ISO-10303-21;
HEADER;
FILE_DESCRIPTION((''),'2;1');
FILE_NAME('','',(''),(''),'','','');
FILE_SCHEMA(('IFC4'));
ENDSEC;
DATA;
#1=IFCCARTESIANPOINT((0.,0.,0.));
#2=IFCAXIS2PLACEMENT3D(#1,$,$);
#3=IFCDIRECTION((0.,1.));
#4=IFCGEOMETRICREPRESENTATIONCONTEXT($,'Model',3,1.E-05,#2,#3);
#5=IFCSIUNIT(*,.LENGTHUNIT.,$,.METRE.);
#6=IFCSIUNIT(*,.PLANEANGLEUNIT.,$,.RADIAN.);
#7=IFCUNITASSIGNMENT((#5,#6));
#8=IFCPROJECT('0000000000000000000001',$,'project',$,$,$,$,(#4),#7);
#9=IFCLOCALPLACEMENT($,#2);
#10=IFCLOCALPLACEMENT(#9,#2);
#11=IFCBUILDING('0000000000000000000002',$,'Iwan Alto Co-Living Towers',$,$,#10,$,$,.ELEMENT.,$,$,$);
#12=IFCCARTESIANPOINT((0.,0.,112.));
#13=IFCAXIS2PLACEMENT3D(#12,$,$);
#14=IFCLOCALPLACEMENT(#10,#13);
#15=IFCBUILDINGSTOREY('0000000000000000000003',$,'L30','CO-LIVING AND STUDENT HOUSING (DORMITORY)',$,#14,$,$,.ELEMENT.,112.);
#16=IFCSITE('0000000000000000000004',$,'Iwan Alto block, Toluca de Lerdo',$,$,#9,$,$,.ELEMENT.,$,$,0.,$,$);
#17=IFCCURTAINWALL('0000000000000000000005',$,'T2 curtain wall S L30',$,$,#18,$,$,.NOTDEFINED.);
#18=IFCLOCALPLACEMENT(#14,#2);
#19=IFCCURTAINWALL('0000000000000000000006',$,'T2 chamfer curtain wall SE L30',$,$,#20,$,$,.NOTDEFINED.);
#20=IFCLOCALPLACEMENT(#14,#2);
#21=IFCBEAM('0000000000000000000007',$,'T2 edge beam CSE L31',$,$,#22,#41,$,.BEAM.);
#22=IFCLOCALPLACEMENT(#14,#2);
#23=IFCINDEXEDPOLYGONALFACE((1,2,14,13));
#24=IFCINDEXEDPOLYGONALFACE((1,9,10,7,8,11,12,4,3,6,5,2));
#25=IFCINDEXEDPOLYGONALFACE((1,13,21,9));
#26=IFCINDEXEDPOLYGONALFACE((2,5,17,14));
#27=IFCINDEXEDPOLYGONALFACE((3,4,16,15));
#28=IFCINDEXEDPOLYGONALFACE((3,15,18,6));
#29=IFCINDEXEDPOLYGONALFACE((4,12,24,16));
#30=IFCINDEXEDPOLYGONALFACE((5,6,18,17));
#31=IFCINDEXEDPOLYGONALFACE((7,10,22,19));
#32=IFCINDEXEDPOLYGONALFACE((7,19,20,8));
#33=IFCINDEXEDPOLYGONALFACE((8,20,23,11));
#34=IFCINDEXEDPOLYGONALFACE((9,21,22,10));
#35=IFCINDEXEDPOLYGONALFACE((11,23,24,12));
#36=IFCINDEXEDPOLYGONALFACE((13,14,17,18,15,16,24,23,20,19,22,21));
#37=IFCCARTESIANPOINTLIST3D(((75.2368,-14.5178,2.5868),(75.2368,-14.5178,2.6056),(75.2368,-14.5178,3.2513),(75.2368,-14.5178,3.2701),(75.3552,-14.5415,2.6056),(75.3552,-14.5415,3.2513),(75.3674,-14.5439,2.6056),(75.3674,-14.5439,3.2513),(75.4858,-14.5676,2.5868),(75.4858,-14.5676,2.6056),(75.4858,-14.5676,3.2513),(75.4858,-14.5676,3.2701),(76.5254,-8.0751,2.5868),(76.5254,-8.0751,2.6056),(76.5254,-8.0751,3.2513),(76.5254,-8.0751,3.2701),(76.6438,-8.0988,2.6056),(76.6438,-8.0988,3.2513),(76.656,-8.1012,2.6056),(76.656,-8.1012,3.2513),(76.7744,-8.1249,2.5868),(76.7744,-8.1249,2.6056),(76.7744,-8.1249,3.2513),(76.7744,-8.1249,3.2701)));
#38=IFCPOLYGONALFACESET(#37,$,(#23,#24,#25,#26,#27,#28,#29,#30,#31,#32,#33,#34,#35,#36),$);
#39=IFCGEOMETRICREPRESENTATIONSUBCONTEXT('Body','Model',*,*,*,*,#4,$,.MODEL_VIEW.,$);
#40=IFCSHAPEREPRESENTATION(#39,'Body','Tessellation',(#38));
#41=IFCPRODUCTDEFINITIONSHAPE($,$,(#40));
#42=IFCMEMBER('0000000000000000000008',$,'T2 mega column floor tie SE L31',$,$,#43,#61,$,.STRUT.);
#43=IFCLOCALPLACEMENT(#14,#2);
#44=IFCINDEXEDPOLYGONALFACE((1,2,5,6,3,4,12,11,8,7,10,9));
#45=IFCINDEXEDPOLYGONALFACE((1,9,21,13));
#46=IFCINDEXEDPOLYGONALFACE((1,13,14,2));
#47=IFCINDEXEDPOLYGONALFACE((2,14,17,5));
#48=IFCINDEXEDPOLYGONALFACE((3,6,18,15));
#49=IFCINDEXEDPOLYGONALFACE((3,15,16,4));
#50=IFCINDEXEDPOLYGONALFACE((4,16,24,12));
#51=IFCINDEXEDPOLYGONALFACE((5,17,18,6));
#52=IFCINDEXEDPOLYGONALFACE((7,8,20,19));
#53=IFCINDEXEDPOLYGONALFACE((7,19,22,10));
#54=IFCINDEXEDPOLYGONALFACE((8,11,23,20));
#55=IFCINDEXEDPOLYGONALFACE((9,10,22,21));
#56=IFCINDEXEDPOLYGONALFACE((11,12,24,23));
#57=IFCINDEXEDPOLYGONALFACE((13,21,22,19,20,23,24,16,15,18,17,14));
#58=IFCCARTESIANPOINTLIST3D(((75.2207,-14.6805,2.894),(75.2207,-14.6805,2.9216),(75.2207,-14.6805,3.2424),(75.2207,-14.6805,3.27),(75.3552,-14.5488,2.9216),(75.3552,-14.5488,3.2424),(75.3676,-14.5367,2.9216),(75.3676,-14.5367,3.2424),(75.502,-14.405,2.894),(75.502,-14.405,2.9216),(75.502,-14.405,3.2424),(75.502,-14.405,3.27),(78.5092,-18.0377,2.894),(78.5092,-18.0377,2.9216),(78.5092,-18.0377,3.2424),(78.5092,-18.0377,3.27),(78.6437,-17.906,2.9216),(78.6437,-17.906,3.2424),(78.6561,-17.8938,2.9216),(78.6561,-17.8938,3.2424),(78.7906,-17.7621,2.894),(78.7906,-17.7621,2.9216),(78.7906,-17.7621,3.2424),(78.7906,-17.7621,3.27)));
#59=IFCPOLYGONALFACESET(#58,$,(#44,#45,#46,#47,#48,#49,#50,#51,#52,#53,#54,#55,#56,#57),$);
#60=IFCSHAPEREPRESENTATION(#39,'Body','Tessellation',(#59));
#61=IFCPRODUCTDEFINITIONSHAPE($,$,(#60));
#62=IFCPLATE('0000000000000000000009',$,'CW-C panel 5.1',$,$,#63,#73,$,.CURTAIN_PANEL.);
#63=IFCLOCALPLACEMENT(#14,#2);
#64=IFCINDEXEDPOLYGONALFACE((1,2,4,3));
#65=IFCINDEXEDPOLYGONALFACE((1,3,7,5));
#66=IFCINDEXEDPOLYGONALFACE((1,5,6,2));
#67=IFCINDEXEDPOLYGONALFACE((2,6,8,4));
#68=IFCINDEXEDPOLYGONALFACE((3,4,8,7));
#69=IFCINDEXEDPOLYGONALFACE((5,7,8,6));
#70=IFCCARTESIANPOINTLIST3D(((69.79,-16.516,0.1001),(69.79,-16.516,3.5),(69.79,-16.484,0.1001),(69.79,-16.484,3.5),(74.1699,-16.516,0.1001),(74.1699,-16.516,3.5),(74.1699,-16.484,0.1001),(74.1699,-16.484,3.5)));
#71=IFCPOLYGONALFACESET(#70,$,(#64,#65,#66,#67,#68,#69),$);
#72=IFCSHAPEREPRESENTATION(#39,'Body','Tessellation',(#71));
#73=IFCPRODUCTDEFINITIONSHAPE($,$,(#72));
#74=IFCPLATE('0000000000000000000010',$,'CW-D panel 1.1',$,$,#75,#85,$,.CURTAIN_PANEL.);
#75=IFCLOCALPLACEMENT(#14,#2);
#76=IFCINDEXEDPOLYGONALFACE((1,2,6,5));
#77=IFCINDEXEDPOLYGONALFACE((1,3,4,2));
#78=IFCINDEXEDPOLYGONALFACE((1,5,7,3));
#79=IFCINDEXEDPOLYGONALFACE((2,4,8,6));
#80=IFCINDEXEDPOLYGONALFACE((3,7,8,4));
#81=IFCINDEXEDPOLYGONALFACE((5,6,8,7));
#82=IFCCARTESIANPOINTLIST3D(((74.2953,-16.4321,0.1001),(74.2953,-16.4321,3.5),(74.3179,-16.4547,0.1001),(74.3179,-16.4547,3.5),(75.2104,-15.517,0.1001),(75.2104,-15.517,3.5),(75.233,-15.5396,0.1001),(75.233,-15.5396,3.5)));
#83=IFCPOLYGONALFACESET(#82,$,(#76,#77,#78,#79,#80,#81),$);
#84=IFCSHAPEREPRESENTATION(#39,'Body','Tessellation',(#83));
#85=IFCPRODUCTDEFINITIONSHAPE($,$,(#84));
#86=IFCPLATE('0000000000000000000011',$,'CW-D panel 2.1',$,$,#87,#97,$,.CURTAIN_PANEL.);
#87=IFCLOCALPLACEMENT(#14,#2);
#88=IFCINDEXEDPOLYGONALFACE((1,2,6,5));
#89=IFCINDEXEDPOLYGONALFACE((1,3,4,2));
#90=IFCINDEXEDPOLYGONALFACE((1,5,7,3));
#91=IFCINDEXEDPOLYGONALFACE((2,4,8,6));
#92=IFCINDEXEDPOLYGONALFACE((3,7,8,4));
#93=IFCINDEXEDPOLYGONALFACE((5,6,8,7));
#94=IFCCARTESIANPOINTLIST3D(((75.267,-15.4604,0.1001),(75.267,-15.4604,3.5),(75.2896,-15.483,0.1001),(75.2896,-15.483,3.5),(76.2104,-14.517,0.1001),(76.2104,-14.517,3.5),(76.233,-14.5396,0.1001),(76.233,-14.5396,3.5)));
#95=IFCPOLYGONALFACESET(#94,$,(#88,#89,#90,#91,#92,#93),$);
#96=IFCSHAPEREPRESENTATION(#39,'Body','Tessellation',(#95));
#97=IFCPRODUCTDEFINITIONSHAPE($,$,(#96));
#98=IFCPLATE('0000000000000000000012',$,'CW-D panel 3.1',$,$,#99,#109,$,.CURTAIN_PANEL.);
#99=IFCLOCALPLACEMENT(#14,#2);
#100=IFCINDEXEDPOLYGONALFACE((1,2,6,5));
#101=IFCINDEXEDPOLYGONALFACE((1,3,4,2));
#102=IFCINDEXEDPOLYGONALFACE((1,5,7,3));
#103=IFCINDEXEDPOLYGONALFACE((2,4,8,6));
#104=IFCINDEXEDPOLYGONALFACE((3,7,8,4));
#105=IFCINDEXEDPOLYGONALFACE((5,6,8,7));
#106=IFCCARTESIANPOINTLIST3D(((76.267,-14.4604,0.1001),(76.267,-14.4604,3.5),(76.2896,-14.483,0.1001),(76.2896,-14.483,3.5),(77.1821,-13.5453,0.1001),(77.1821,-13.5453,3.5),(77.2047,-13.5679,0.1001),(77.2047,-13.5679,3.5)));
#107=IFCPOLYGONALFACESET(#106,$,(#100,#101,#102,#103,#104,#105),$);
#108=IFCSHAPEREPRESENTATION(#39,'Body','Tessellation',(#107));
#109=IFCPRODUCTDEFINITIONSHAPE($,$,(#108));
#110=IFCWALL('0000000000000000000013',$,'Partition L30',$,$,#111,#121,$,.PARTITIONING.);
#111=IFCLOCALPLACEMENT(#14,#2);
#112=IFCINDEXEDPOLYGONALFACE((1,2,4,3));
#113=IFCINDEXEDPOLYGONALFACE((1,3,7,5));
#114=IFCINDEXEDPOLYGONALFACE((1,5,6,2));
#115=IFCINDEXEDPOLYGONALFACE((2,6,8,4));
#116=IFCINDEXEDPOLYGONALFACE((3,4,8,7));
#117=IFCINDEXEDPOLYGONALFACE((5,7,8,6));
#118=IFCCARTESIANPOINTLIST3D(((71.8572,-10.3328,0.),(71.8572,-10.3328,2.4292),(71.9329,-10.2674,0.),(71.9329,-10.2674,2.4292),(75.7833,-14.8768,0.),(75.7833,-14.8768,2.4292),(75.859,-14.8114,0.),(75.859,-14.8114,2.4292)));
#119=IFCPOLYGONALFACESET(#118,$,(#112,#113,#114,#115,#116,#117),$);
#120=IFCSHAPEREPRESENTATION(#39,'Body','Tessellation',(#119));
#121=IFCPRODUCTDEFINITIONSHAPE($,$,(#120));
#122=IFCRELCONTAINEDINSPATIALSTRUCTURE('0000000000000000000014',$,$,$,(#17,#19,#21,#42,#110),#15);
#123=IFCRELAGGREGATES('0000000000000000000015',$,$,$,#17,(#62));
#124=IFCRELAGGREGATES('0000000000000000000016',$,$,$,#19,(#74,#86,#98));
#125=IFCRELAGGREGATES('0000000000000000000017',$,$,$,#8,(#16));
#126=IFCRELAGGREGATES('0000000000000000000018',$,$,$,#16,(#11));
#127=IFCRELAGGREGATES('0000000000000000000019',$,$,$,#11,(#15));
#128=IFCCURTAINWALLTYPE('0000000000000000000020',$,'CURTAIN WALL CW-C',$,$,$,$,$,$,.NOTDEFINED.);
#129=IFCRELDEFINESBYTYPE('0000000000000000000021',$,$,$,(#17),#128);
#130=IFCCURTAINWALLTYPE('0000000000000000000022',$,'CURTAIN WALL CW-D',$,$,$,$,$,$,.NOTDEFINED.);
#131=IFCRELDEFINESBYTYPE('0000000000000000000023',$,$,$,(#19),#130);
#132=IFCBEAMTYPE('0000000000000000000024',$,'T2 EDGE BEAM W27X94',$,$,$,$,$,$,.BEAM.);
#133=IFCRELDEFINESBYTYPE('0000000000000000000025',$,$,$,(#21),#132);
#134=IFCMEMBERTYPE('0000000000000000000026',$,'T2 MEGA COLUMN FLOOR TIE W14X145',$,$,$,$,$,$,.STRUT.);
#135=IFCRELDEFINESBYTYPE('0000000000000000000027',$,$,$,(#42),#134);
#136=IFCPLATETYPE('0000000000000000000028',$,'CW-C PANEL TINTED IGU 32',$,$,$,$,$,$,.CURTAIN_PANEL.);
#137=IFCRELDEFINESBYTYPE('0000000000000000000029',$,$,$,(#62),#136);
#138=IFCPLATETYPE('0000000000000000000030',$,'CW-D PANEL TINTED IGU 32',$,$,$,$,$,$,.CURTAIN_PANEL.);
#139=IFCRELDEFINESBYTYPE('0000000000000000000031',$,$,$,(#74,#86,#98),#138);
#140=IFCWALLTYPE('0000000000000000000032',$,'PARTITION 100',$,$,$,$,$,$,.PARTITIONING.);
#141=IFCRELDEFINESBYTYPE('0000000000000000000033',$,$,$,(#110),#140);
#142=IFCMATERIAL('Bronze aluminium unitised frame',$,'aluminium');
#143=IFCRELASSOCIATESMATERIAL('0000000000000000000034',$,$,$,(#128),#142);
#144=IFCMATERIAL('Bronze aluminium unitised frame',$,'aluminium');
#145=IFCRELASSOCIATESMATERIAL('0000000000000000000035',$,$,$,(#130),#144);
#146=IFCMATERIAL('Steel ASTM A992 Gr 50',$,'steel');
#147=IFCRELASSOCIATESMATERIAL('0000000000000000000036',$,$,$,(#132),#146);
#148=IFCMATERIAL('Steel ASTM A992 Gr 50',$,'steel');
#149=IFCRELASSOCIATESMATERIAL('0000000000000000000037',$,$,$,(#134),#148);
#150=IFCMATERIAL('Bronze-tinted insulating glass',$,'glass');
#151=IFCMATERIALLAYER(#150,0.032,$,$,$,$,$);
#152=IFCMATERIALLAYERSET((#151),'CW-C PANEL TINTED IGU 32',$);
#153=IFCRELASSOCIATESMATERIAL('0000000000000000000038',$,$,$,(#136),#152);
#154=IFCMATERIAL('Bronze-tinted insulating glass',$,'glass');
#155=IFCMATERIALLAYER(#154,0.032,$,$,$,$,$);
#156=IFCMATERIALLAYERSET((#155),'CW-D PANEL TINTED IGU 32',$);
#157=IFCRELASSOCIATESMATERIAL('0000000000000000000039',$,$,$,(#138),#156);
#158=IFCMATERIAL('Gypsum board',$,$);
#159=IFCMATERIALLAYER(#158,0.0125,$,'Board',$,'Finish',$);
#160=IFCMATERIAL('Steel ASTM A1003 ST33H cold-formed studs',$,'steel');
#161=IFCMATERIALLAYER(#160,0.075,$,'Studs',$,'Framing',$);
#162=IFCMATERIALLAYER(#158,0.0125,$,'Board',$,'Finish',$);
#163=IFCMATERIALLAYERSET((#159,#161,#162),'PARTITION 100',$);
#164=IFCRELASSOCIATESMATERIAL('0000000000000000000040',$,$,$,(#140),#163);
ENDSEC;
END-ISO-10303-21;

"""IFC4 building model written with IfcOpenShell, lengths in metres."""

from ifc_helpers import new_model, si_unit, direction, frame, frame_2d, origin, origin_2d, place, context, subcontext, project, spatial, rectangle, i_section, extrude, material, layer, layer_set, material_profile, profile_set, type_object, element, aggregate, save


model = new_model("IFC4")

# Units and contexts
model_context = context("Model", 3, precision=1e-05, world=origin(), true_north=direction((0.0, 1.0)))
body_context = subcontext(model_context, "Body", "Model", "MODEL_VIEW")
ifc_project = project(units=[si_unit("LENGTHUNIT", "METRE"), si_unit("PLANEANGLEUNIT", "RADIAN")], contexts=[model_context])

# Site, building, storey
site_placement = place(None, origin())
site = spatial("IfcSite", under=ifc_project, at=site_placement, Name="Iwan Alto block, Toluca de Lerdo", CompositionType="ELEMENT", RefElevation=0.0)
building_placement = place(site_placement, origin())
building = spatial("IfcBuilding", under=site, at=building_placement, Name="Iwan Alto Co-Living Towers", CompositionType="ELEMENT")
storey_placement = place(building_placement, frame((0.0, 0.0, 112.0)))
storey = spatial("IfcBuildingStorey", under=building, at=storey_placement, Name="L30", Description="CO-LIVING AND STUDENT HOUSING (DORMITORY)", CompositionType="ELEMENT", Elevation=112.0)

# Curtain wall
ifc_material_1 = material(Name="Bronze aluminium unitised frame", Category="aluminium")
curtain_wall_type_1 = type_object("IfcCurtainWallType", Name="CURTAIN WALL CW-C", PredefinedType="NOTDEFINED", material=ifc_material_1)
curtain_wall_1_placement = place(storey_placement, origin())
curtain_wall_1 = element("IfcCurtainWall", 1, at=curtain_wall_1_placement, inside=storey, type_object=curtain_wall_type_1, Name="T2 curtain wall S L30", PredefinedType="NOTDEFINED")

# Curtain wall
ifc_material_2 = material(Name="Bronze aluminium unitised frame", Category="aluminium")
curtain_wall_type_2 = type_object("IfcCurtainWallType", Name="CURTAIN WALL CW-D", PredefinedType="NOTDEFINED", material=ifc_material_2)
curtain_wall_2_placement = place(storey_placement, origin())
curtain_wall_2 = element("IfcCurtainWall", 2, at=curtain_wall_2_placement, inside=storey, type_object=curtain_wall_type_2, Name="T2 chamfer curtain wall SE L30", PredefinedType="NOTDEFINED")

# Beam
ifc_material_3 = material(Name="Steel ASTM A992 Gr 50", Category="steel")
ifc_material_profile_1 = material_profile(ifc_material_3, i_section(OverallWidth=0.2539, OverallDepth=0.6833, WebThickness=0.0125, FlangeThickness=0.0188, at=origin_2d()), Name="W27X94")
ifc_profile_set_1 = profile_set([ifc_material_profile_1], Name="Steel ASTM A992 Gr 50")
beam_type_1 = type_object("IfcBeamType", Name="T2 EDGE BEAM W27X94", PredefinedType="BEAM", material=ifc_profile_set_1)
beam_1_placement = place(storey_placement, frame((75.3613, -14.5427, 2.9285), z_axis=(0.196123, 0.980579, 0.0), x_axis=(-0.980579, 0.196123, 0.0)))
element("IfcBeam", 3, at=beam_1_placement, inside=storey, type_object=beam_type_1, Name="T2 edge beam CSE L31", PredefinedType="BEAM", context=body_context, shape_type="SweptSolid", body=[
    extrude(i_section(OverallWidth=0.2539, OverallDepth=0.6833, WebThickness=0.0125, FlangeThickness=0.0188, at=origin_2d()), origin(), (0.0, 0.0, 1.0), 6.5703),
])

# Member
ifc_material_4 = material(Name="Steel ASTM A992 Gr 50", Category="steel")
ifc_material_profile_2 = material_profile(ifc_material_4, i_section(OverallWidth=0.3938, OverallDepth=0.376, WebThickness=0.0173, FlangeThickness=0.0276, at=origin_2d()), Name="W14X145")
ifc_profile_set_2 = profile_set([ifc_material_profile_2], Name="Steel ASTM A992 Gr 50")
member_type_1 = type_object("IfcMemberType", Name="T2 MEGA COLUMN FLOOR TIE W14X145", PredefinedType="STRUT", material=ifc_profile_set_2)
member_1_placement = place(storey_placement, frame((78.6499, -17.8999, 3.082), z_axis=(-0.69977, 0.714368, 0.0), x_axis=(-0.714368, -0.69977, 0.0)))
element("IfcMember", 4, at=member_1_placement, inside=storey, type_object=member_type_1, Name="T2 mega column floor tie SE L31", PredefinedType="STRUT", context=body_context, shape_type="SweptSolid", body=[
    extrude(i_section(OverallWidth=0.3938, OverallDepth=0.376, WebThickness=0.0173, FlangeThickness=0.0276, at=origin_2d()), origin(), (0.0, 0.0, 1.0), 4.6995),
])

# Plates
ifc_material_5 = material(Name="Bronze-tinted insulating glass", Category="glass")
ifc_layer_1 = layer(ifc_material_5, 0.032)
ifc_layer_set_1 = layer_set([ifc_layer_1], Name="CW-C PANEL TINTED IGU 32")
plate_type_1 = type_object("IfcPlateType", Name="CW-C PANEL TINTED IGU 32", PredefinedType="CURTAIN_PANEL", material=ifc_layer_set_1)
plate_1_placement = place(storey_placement, frame((71.98, -16.5, 0.1001), z_axis=(0.0, 0.0, 1.0), x_axis=(1.0, 0.0, 0.0)))
plate_1 = element("IfcPlate", 5, at=plate_1_placement, type_object=plate_type_1, Name="CW-C panel 5.1", PredefinedType="CURTAIN_PANEL", context=body_context, shape_type="SweptSolid", body=[
    extrude(rectangle(XDim=4.3799, YDim=0.032, at=origin_2d()), origin(), (0.0, 0.0, 1.0), 3.3999),
])
aggregate(curtain_wall_1, [plate_1])
ifc_material_6 = material(Name="Bronze-tinted insulating glass", Category="glass")
ifc_layer_2 = layer(ifc_material_6, 0.032)
ifc_layer_set_2 = layer_set([ifc_layer_2], Name="CW-D PANEL TINTED IGU 32")
plate_type_2 = type_object("IfcPlateType", Name="CW-D PANEL TINTED IGU 32", PredefinedType="CURTAIN_PANEL", material=ifc_layer_set_2)
plate_2_placement = place(storey_placement, frame((74.7642, -15.9858, 0.1001), z_axis=(0.0, 0.0, 1.0), x_axis=(0.707107, 0.707107, 0.0)))
plate_2 = element("IfcPlate", 6, at=plate_2_placement, type_object=plate_type_2, Name="CW-D panel 1.1", PredefinedType="CURTAIN_PANEL", context=body_context, shape_type="SweptSolid", body=[
    extrude(rectangle(XDim=1.2942, YDim=0.032, at=origin_2d()), origin(), (0.0, 0.0, 1.0), 3.3999),
])
plate_3_placement = place(storey_placement, frame((75.75, -15.0, 0.1001), z_axis=(0.0, 0.0, 1.0), x_axis=(0.707107, 0.707107, 0.0)))
plate_3 = element("IfcPlate", 7, at=plate_3_placement, type_object=plate_type_2, Name="CW-D panel 2.1", PredefinedType="CURTAIN_PANEL", context=body_context, shape_type="SweptSolid", body=[
    extrude(rectangle(XDim=1.3342, YDim=0.032, at=origin_2d()), origin(), (0.0, 0.0, 1.0), 3.3999),
])
plate_4_placement = place(storey_placement, frame((76.7358, -14.0142, 0.1001), z_axis=(0.0, 0.0, 1.0), x_axis=(0.707107, 0.707107, 0.0)))
plate_4 = element("IfcPlate", 8, at=plate_4_placement, type_object=plate_type_2, Name="CW-D panel 3.1", PredefinedType="CURTAIN_PANEL", context=body_context, shape_type="SweptSolid", body=[
    extrude(rectangle(XDim=1.2942, YDim=0.032, at=origin_2d()), origin(), (0.0, 0.0, 1.0), 3.3999),
])
aggregate(curtain_wall_2, [plate_2, plate_3, plate_4])

# Wall
ifc_material_7 = material(Name="Gypsum board")
ifc_layer_3 = layer(ifc_material_7, 0.0125, Name="Board", Category="Finish")
ifc_material_8 = material(Name="Steel ASTM A1003 ST33H cold-formed studs", Category="steel")
ifc_layer_4 = layer(ifc_material_8, 0.075, Name="Studs", Category="Framing")
ifc_layer_5 = layer(ifc_material_7, 0.0125, Name="Board", Category="Finish")
ifc_layer_set_3 = layer_set([ifc_layer_3, ifc_layer_4, ifc_layer_5], Name="PARTITION 100")
wall_type = type_object("IfcWallType", Name="PARTITION 100", PredefinedType="PARTITIONING", material=ifc_layer_set_3)
wall_placement = place(storey_placement, frame((75.821, -14.844, 0.0), z_axis=(0.0, 0.0, 1.0), x_axis=(-0.653783, 0.756682, 0.0)))
element("IfcWall", 9, at=wall_placement, inside=storey, type_object=wall_type, Name="Partition L30", PredefinedType="PARTITIONING", context=body_context, shape_type="SweptSolid", body=[
    extrude(rectangle(XDim=6.0051, YDim=0.1001, at=frame_2d((3.0024, 0.0))), origin(), (0.0, 0.0, 1.0), 2.4292),
])

save(model, "model.ifc")
